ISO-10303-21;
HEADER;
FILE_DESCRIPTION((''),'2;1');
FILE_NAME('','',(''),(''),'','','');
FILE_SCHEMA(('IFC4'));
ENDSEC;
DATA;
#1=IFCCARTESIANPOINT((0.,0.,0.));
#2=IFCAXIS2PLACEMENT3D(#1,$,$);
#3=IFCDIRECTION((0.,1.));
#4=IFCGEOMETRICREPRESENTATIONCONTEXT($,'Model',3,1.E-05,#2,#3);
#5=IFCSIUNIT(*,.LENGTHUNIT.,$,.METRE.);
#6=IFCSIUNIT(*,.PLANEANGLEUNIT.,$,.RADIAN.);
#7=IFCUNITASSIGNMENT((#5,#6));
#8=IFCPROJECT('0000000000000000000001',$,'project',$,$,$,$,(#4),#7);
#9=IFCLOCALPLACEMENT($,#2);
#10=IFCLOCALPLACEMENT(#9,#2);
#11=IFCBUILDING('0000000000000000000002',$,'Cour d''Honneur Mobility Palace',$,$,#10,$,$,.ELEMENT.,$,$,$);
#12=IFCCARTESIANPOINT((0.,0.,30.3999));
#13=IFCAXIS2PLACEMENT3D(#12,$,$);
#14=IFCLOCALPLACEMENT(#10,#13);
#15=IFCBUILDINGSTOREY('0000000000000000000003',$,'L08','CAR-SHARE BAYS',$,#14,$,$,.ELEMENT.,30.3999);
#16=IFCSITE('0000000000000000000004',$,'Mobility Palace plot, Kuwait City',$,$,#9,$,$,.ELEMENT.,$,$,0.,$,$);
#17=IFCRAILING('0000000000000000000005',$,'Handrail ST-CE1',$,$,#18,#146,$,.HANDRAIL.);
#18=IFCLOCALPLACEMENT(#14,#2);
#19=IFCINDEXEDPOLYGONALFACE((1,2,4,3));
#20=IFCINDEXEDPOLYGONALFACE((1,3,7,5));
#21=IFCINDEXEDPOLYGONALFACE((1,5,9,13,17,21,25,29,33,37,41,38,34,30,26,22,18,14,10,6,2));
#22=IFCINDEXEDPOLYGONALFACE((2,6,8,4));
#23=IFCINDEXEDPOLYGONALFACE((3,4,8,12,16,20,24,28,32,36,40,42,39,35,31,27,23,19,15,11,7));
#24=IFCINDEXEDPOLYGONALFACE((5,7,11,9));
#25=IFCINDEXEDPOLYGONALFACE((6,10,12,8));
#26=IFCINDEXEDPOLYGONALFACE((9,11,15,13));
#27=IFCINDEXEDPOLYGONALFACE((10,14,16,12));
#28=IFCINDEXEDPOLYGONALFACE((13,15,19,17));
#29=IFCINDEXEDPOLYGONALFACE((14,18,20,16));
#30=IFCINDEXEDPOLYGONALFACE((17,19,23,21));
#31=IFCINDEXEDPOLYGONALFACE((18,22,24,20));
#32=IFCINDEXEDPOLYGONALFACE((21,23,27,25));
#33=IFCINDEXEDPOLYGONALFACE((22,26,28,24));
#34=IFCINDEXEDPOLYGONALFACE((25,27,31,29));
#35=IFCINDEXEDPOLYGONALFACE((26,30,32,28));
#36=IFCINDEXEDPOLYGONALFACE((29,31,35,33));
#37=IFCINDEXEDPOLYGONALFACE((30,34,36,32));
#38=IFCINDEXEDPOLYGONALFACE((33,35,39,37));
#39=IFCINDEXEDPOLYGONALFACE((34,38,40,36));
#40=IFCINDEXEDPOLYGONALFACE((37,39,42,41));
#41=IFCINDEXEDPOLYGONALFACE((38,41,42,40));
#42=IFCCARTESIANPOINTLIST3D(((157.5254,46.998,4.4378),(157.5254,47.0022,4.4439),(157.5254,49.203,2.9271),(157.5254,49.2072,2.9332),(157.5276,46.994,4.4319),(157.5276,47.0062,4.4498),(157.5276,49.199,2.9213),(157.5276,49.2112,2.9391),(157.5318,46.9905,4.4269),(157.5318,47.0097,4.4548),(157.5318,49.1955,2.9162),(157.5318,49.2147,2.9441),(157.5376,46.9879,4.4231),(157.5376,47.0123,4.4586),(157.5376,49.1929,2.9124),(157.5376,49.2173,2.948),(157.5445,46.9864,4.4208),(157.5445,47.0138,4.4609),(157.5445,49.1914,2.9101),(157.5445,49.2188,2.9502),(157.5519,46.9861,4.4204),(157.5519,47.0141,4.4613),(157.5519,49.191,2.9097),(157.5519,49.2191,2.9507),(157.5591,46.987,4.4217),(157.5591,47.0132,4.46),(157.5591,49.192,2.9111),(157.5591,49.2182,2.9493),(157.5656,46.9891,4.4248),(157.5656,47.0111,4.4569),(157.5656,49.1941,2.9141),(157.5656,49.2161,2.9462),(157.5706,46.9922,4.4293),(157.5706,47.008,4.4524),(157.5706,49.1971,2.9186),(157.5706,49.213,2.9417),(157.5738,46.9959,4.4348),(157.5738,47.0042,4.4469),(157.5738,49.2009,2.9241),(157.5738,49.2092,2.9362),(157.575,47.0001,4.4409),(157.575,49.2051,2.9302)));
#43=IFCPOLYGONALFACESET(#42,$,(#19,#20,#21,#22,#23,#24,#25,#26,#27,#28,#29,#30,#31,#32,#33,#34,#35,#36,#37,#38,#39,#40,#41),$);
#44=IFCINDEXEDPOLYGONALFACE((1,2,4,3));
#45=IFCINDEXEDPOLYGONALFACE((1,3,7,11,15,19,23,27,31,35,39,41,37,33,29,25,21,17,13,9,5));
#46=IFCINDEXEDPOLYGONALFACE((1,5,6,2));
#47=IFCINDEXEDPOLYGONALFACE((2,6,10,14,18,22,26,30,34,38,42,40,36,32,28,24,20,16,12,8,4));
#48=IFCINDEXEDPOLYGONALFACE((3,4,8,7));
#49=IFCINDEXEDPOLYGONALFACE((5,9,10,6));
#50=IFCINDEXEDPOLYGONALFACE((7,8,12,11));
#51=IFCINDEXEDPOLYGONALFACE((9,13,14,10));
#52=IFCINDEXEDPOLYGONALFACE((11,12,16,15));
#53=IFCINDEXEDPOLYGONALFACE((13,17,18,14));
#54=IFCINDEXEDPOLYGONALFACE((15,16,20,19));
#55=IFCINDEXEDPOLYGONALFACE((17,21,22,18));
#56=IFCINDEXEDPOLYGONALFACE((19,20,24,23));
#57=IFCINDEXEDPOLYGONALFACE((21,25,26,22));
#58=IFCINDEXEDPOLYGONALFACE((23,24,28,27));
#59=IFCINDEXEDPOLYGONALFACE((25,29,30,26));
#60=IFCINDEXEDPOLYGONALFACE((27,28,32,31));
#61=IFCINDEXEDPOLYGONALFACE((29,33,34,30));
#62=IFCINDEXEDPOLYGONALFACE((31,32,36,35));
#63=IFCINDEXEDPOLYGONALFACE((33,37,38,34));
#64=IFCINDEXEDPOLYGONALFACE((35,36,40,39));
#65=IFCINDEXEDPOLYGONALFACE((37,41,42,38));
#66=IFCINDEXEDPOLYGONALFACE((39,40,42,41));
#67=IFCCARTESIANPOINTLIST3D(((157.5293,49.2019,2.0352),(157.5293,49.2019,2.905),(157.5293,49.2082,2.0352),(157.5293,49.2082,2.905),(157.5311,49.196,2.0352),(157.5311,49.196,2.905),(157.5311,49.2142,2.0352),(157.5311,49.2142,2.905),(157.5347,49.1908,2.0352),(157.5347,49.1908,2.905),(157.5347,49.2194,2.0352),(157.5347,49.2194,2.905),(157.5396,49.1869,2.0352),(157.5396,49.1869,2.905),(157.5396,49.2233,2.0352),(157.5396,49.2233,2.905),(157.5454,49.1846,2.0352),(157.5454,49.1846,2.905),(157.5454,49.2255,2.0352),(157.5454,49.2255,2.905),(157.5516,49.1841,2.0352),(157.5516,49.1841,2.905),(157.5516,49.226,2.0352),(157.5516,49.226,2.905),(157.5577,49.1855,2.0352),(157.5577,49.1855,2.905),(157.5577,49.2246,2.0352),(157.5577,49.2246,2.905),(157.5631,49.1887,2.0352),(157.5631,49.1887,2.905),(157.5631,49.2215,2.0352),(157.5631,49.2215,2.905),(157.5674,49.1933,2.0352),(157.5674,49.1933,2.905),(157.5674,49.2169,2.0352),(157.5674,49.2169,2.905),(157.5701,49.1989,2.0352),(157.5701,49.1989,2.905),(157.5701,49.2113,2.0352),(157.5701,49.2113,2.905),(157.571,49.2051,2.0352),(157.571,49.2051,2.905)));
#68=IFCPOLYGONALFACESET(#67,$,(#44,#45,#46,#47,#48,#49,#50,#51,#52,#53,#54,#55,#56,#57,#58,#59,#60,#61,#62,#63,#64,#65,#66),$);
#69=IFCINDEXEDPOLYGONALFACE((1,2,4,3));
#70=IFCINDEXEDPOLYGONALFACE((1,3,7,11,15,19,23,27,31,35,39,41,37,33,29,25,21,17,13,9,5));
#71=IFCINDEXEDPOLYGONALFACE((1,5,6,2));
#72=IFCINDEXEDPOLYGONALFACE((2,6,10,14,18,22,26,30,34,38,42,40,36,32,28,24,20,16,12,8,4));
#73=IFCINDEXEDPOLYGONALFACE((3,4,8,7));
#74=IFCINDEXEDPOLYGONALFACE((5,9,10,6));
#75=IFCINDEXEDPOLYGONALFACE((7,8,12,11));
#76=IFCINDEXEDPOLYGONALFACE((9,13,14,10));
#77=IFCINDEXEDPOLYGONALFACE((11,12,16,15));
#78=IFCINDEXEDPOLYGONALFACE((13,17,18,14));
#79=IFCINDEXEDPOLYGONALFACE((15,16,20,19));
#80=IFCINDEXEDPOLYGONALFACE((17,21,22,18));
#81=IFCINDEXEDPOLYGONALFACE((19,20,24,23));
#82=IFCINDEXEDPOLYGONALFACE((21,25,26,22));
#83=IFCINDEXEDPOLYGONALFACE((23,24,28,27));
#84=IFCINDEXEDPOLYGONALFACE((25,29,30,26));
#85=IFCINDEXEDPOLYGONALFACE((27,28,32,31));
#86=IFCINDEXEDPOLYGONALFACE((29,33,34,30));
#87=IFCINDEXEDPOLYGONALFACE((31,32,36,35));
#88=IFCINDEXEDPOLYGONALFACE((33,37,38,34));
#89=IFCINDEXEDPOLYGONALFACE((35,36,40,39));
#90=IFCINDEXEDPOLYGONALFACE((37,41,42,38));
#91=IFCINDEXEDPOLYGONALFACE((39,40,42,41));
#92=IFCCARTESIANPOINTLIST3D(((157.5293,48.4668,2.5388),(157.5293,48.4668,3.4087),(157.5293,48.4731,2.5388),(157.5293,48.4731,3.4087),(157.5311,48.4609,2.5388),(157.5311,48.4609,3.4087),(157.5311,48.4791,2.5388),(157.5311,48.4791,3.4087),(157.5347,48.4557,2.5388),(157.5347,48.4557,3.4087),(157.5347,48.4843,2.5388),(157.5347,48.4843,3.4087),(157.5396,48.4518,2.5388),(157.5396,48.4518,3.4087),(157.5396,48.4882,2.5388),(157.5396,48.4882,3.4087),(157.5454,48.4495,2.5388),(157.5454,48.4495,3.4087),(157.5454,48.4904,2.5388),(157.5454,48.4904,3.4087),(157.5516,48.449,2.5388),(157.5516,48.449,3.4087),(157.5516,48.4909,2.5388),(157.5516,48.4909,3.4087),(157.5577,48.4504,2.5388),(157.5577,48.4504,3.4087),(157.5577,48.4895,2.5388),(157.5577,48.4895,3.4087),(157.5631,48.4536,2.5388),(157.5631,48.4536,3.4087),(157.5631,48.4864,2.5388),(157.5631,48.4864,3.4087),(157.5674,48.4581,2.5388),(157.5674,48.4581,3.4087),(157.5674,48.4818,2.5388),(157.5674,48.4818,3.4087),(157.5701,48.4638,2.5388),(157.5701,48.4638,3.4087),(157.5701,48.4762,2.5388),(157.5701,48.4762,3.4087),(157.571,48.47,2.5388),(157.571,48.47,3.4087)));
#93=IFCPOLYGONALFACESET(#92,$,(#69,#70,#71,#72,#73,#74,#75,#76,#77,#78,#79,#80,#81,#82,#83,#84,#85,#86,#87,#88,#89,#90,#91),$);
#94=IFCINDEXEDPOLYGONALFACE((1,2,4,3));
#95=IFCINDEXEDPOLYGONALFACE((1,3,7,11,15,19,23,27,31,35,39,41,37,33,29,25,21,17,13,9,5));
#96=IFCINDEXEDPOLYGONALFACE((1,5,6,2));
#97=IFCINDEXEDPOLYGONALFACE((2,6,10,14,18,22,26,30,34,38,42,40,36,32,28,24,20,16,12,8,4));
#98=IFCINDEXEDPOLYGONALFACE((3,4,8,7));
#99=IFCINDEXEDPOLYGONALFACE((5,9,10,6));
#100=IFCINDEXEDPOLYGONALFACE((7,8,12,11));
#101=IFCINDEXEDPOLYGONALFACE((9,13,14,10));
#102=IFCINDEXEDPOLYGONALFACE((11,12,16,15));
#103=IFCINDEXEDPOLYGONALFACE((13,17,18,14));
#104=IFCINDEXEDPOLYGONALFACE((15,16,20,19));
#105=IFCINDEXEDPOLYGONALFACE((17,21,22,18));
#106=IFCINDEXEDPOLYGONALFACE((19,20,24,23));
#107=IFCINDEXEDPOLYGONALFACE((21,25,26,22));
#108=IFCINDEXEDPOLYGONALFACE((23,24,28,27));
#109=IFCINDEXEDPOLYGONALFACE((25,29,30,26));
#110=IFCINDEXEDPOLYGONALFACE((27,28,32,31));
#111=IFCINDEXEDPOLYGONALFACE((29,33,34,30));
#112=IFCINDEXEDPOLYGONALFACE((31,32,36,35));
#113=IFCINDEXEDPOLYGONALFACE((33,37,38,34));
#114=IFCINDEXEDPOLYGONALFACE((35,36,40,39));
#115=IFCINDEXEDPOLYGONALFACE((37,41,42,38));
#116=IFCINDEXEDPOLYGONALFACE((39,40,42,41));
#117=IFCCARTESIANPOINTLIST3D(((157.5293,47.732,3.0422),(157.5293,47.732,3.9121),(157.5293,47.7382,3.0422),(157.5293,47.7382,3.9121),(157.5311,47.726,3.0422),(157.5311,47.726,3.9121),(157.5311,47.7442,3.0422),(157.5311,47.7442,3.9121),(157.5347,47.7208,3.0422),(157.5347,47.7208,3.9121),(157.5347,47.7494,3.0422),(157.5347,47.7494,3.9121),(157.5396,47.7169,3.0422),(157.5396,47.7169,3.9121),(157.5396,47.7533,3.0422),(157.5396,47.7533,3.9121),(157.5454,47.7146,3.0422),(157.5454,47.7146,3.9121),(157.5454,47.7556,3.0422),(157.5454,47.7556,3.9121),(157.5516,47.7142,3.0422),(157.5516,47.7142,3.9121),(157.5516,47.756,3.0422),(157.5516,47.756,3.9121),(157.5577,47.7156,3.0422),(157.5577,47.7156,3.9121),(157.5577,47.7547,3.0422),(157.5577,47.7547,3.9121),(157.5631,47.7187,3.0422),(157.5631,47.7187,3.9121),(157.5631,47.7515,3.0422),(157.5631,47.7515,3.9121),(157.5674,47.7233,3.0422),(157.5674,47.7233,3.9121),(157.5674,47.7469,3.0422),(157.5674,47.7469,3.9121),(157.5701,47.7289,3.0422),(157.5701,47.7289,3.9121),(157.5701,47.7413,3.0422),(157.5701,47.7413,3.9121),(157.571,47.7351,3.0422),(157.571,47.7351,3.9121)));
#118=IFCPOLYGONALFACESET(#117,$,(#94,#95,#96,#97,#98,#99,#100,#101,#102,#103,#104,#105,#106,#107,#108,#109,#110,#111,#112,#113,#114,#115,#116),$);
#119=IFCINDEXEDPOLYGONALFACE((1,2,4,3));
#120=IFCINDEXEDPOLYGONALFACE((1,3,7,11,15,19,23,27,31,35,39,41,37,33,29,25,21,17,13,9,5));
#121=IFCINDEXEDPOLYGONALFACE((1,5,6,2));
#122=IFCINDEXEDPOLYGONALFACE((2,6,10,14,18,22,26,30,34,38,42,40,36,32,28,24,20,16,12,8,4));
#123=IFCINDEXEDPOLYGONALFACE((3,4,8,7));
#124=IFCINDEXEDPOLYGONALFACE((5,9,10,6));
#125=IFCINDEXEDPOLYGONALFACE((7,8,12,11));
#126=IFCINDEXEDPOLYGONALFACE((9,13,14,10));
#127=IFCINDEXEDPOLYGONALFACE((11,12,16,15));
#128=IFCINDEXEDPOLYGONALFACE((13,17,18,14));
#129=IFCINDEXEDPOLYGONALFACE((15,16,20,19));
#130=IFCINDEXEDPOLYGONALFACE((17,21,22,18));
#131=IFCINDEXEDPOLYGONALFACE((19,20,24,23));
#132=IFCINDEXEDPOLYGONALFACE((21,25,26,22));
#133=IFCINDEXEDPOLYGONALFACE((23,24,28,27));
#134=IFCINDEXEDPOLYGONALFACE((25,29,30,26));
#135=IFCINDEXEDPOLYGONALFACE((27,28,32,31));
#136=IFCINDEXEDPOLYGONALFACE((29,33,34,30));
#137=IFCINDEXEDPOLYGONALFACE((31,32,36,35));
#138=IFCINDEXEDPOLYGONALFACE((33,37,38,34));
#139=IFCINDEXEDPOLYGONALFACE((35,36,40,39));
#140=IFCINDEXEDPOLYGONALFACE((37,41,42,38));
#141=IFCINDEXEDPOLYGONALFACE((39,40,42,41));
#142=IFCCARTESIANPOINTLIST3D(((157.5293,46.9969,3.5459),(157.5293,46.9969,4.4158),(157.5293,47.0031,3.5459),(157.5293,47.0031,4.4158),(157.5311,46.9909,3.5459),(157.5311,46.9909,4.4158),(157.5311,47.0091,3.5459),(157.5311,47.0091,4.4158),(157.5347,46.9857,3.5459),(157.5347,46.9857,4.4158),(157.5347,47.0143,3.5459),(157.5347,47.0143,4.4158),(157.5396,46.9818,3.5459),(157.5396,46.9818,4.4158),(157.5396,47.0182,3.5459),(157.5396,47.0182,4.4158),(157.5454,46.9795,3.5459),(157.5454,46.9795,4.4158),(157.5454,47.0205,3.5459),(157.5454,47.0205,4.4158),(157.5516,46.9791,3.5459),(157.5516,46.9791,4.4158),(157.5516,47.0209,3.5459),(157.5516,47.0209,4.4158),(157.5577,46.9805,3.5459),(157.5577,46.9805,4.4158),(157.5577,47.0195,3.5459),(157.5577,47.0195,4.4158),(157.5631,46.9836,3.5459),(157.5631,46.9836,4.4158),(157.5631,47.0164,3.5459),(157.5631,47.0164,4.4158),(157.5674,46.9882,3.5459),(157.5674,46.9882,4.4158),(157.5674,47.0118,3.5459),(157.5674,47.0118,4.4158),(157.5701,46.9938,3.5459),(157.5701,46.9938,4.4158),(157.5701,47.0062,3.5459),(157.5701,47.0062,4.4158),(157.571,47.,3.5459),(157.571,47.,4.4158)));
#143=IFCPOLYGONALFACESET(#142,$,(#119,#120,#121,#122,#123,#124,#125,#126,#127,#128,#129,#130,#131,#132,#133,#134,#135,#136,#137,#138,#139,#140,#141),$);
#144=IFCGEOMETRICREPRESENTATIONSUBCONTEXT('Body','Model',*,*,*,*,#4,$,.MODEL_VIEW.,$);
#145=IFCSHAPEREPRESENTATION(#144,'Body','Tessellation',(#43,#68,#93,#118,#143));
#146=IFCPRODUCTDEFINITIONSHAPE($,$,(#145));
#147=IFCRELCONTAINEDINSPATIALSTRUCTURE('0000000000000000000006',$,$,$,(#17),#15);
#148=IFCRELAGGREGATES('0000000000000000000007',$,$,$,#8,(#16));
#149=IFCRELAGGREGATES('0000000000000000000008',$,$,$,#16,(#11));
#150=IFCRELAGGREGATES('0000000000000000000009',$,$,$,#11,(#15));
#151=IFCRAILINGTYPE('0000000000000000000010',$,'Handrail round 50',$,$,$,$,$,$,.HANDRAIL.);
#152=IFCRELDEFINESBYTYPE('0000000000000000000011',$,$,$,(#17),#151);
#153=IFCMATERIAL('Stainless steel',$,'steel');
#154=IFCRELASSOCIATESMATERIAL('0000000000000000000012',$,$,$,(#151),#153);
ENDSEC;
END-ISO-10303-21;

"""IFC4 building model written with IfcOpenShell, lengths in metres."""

from ifc_helpers import new_model, si_unit, direction, frame, origin, origin_2d, place, context, subcontext, project, spatial, circle, extrude, material, type_object, element, save


model = new_model("IFC4")

# Units and contexts
model_context = context("Model", 3, precision=1e-05, world=origin(), true_north=direction((0.0, 1.0)))
body_context = subcontext(model_context, "Body", "Model", "MODEL_VIEW")
ifc_project = project(units=[si_unit("LENGTHUNIT", "METRE"), si_unit("PLANEANGLEUNIT", "RADIAN")], contexts=[model_context])

# Site, building, storey
site_placement = place(None, origin())
site = spatial("IfcSite", under=ifc_project, at=site_placement, Name="Mobility Palace plot, Kuwait City", CompositionType="ELEMENT", RefElevation=0.0)
building_placement = place(site_placement, origin())
building = spatial("IfcBuilding", under=site, at=building_placement, Name="Cour d'Honneur Mobility Palace", CompositionType="ELEMENT")
storey_placement = place(building_placement, frame((0.0, 0.0, 30.3999)))
storey = spatial("IfcBuildingStorey", under=building, at=storey_placement, Name="L08", Description="CAR-SHARE BAYS", CompositionType="ELEMENT", Elevation=30.3999)

# Railing
ifc_material_1 = material(Name="Stainless steel", Category="steel")
railing_type_1 = type_object("IfcRailingType", Name="Handrail round 50", PredefinedType="HANDRAIL", material=ifc_material_1)
railing_1_placement = place(storey_placement, frame((157.55, 49.2051, 2.0352)))
element("IfcRailing", 1, at=railing_1_placement, inside=storey, type_object=railing_type_1, Name="Handrail ST-CE1", PredefinedType="HANDRAIL", context=body_context, shape_type="SweptSolid", body=[
    extrude(circle(Radius=0.0249, at=origin_2d()), frame((0.0, 0.0, 0.895), z_axis=(0.0, -0.824958, 0.565195), x_axis=(1.0, 0.0, 0.0)), (0.0, 0.0, 1.0), 2.6729),
    extrude(circle(Radius=0.021, at=origin_2d()), origin(), (0.0, 0.0, 1.0), 0.8699),
    extrude(circle(Radius=0.021, at=origin_2d()), frame((0.0, -0.7351, 0.5037)), (0.0, 0.0, 1.0), 0.8699),
    extrude(circle(Radius=0.021, at=origin_2d()), frame((0.0, -1.47, 1.0071)), (0.0, 0.0, 1.0), 0.8699),
    extrude(circle(Radius=0.021, at=origin_2d()), frame((0.0, -2.2051, 1.5107)), (0.0, 0.0, 1.0), 0.8699),
])

save(model, "model.ifc")
